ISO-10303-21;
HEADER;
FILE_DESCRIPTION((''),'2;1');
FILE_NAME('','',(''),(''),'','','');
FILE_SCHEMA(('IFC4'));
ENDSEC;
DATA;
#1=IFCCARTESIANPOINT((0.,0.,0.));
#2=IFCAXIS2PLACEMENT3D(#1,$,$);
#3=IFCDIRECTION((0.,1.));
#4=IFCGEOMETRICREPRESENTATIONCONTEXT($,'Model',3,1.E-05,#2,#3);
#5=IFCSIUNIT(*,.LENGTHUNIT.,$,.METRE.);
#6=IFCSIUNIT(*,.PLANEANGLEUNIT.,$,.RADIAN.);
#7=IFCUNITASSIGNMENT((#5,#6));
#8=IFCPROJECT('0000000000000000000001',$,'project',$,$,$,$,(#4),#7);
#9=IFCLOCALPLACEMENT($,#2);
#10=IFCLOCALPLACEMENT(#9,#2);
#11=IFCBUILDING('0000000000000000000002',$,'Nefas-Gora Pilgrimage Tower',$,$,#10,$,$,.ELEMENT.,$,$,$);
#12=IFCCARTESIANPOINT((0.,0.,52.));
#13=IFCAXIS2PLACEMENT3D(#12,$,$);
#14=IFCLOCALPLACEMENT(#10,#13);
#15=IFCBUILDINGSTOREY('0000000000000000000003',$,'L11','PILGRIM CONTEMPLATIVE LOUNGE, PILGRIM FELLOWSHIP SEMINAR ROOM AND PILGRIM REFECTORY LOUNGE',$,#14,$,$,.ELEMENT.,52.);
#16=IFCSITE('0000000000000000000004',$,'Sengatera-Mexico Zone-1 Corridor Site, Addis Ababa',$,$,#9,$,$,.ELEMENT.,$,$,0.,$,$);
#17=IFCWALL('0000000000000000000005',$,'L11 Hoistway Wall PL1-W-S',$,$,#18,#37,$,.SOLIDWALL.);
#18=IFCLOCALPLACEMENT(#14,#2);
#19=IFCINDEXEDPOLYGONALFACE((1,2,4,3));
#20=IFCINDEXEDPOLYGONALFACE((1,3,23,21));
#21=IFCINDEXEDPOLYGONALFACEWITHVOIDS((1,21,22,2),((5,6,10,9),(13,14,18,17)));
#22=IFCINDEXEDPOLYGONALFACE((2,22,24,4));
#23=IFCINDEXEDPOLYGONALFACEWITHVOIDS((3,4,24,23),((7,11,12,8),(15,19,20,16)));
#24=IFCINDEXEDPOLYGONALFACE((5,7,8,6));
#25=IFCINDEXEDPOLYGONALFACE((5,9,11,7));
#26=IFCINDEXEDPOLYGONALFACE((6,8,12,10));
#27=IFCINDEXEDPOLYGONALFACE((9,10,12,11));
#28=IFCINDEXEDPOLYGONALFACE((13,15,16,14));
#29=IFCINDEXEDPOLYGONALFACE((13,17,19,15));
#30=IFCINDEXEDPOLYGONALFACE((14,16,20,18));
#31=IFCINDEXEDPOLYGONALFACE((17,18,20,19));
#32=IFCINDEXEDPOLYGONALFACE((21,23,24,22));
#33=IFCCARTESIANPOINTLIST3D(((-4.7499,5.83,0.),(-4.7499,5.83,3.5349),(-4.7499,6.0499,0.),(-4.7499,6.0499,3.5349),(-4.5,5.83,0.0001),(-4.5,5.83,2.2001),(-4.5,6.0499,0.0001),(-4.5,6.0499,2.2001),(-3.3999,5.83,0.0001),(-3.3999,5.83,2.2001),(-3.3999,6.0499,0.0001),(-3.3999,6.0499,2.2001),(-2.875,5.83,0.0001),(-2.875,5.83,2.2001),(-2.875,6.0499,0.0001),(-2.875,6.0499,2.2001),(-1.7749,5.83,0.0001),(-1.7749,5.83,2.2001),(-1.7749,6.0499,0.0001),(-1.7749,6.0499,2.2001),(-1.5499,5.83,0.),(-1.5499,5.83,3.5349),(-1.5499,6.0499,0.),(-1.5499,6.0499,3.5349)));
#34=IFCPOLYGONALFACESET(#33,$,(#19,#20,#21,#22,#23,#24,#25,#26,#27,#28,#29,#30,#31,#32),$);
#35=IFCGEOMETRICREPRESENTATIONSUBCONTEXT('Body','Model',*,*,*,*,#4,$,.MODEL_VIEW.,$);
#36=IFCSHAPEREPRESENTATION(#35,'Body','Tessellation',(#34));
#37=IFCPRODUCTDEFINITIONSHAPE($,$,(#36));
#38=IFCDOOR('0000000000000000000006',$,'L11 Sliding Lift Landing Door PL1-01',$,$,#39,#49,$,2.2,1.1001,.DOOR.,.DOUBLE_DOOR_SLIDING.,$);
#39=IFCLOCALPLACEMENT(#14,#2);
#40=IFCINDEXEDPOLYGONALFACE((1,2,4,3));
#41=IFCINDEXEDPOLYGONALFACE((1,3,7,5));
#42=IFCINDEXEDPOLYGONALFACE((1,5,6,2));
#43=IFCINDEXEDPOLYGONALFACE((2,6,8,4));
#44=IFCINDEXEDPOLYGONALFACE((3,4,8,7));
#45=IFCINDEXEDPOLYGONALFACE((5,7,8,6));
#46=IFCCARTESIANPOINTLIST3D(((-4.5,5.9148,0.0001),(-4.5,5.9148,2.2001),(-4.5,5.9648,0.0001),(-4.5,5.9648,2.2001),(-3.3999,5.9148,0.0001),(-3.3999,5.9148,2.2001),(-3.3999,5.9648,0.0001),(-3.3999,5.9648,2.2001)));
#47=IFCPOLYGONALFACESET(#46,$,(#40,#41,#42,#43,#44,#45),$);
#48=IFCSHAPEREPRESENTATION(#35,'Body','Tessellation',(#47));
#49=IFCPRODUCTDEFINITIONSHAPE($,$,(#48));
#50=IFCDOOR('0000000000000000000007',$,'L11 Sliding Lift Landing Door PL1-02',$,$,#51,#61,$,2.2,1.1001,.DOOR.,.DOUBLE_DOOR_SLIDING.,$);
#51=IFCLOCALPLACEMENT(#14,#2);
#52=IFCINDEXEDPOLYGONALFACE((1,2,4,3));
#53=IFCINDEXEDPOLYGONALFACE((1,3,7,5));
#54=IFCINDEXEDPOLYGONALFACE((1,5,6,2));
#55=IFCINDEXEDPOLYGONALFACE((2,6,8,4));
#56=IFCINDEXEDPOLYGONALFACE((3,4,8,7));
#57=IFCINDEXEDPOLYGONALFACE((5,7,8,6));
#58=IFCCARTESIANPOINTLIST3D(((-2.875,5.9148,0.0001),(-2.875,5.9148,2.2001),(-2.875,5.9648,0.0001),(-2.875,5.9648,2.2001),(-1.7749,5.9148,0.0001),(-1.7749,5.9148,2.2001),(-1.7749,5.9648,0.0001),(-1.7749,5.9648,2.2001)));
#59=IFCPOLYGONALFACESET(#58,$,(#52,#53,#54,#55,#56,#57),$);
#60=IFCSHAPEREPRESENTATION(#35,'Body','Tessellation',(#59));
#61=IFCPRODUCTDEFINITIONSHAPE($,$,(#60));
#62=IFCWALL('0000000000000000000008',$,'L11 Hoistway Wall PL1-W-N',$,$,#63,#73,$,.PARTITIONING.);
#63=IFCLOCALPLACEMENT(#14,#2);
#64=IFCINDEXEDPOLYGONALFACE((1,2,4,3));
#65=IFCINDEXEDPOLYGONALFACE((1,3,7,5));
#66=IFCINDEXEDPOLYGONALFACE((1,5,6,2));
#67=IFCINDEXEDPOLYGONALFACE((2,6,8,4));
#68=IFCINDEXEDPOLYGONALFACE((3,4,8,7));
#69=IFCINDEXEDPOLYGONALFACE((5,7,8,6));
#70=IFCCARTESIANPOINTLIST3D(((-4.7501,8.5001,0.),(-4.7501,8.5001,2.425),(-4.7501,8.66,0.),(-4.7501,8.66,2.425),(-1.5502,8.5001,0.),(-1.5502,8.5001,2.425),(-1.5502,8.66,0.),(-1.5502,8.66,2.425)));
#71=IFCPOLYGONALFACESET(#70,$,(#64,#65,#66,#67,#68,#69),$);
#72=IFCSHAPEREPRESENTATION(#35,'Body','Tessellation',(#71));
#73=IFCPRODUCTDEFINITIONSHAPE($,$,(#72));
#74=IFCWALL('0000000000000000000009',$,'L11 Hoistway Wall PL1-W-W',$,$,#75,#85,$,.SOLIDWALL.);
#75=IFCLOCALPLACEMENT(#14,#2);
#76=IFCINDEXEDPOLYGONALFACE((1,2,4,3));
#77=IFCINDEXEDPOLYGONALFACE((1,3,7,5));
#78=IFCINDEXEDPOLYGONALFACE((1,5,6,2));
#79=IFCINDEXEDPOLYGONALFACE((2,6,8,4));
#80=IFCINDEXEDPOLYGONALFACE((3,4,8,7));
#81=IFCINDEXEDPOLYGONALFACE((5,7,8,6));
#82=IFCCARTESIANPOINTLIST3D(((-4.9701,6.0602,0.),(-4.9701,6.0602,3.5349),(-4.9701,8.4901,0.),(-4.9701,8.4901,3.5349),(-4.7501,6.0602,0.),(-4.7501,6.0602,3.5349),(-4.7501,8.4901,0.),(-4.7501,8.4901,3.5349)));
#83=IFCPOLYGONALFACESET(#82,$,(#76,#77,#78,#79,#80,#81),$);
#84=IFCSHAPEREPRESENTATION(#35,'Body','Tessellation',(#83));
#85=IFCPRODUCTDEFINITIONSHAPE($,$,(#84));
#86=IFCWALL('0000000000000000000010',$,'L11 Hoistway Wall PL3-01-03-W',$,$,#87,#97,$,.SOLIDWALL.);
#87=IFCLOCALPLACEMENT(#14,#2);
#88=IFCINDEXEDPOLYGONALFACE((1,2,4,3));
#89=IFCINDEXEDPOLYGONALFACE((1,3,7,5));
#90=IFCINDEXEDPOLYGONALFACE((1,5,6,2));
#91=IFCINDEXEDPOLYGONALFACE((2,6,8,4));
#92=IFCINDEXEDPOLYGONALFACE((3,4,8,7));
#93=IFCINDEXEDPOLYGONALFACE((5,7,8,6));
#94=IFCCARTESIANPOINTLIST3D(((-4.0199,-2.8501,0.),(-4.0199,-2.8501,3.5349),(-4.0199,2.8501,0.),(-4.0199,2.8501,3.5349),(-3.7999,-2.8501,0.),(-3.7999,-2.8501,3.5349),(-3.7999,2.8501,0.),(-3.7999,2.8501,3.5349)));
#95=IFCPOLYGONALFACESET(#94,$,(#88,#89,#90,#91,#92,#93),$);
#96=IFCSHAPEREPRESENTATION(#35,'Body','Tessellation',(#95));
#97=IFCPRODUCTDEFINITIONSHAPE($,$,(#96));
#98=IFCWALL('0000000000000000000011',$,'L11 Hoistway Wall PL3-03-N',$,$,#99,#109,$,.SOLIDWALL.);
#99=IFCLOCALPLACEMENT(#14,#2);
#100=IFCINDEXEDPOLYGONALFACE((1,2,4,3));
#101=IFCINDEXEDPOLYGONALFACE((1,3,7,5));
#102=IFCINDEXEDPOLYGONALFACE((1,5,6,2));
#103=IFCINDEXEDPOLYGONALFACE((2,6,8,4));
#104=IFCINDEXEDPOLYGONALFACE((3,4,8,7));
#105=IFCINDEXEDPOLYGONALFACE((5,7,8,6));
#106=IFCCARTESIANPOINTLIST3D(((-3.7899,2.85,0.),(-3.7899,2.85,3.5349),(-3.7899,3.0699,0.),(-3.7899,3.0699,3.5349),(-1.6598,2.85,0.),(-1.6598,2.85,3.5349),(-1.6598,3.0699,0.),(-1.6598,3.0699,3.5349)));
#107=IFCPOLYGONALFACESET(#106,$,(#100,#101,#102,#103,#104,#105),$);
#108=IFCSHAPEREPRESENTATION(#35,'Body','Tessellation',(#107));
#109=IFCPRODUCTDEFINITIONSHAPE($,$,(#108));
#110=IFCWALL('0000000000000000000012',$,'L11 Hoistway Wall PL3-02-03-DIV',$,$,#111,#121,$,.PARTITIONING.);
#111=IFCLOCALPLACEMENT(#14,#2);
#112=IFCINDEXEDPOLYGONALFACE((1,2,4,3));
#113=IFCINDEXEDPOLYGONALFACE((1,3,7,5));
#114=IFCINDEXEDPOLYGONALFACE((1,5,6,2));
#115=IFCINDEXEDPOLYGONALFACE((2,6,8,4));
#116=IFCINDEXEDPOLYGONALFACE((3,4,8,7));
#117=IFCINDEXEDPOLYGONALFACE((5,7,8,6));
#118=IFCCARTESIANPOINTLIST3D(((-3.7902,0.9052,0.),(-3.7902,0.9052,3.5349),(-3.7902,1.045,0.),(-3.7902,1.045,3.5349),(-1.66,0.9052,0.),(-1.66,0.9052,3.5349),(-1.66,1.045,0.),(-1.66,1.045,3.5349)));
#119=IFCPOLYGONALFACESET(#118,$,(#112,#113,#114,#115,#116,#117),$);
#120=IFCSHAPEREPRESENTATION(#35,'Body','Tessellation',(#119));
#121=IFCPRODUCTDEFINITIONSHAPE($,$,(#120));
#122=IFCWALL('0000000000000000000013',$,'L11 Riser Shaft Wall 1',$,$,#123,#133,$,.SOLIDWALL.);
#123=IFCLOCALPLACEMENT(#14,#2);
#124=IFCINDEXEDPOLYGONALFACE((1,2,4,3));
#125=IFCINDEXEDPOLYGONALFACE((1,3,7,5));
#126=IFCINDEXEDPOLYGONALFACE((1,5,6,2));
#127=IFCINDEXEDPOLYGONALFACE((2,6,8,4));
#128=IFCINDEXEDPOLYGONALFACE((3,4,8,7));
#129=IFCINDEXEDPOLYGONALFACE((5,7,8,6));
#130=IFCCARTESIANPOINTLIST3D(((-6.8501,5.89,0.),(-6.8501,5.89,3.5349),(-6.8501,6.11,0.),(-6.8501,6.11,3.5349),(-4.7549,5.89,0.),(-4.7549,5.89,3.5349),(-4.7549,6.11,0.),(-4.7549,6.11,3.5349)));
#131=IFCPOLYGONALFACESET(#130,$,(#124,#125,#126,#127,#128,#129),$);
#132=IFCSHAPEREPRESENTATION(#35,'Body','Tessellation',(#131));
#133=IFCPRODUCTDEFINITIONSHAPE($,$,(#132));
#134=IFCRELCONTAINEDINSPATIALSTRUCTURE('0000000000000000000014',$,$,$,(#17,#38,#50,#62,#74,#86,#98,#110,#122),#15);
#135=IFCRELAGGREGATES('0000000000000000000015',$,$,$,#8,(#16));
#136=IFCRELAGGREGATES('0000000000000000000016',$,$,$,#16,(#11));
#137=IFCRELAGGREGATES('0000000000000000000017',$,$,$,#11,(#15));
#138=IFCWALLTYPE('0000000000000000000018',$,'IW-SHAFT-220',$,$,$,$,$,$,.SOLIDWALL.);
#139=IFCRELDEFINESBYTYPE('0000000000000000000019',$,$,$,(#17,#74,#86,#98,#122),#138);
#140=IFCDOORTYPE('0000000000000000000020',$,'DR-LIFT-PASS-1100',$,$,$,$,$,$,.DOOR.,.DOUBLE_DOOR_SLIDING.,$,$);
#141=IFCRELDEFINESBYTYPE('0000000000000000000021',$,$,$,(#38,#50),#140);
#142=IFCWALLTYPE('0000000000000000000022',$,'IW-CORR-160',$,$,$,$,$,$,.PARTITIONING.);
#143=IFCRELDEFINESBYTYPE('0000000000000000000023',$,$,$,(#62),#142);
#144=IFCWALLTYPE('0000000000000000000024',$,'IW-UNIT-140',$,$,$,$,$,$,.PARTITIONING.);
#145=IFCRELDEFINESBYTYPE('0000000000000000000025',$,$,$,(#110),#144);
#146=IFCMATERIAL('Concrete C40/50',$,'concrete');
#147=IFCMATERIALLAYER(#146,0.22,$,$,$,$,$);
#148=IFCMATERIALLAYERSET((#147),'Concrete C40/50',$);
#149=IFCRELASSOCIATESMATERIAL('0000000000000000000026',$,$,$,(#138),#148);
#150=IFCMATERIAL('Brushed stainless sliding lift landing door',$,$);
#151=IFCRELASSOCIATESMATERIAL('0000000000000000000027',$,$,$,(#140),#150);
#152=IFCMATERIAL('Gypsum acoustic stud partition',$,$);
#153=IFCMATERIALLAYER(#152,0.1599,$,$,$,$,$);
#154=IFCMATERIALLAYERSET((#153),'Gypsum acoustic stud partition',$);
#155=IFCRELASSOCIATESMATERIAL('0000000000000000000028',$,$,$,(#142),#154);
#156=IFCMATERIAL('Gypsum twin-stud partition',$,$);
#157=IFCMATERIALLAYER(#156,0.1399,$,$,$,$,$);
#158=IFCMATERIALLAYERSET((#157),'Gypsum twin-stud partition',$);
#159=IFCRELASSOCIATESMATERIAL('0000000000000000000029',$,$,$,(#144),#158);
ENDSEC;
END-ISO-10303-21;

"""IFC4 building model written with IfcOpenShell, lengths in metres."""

from ifc_helpers import new_model, si_unit, direction, frame, frame_2d, origin, place, context, subcontext, project, spatial, rectangle, extrude, source, transform, mapped, material, layer, layer_set, type_object, element, fill, save


model = new_model("IFC4")

# Units and contexts
model_context = context("Model", 3, precision=1e-05, world=origin(), true_north=direction((0.0, 1.0)))
body_context = subcontext(model_context, "Body", "Model", "MODEL_VIEW")
ifc_project = project(units=[si_unit("LENGTHUNIT", "METRE"), si_unit("PLANEANGLEUNIT", "RADIAN")], contexts=[model_context])

# Site, building, storey
site_placement = place(None, origin())
site = spatial("IfcSite", under=ifc_project, at=site_placement, Name="Sengatera-Mexico Zone-1 Corridor Site, Addis Ababa", CompositionType="ELEMENT", RefElevation=0.0)
building_placement = place(site_placement, origin())
building = spatial("IfcBuilding", under=site, at=building_placement, Name="Nefas-Gora Pilgrimage Tower", CompositionType="ELEMENT")
storey_placement = place(building_placement, frame((0.0, 0.0, 52.0)))
storey = spatial("IfcBuildingStorey", under=building, at=storey_placement, Name="L11", Description="PILGRIM CONTEMPLATIVE LOUNGE, PILGRIM FELLOWSHIP SEMINAR ROOM AND PILGRIM REFECTORY LOUNGE", CompositionType="ELEMENT", Elevation=52.0)

# Shared definitions
ifc_material_1 = material(Name="Concrete C40/50", Category="concrete")

# Shared definitions
ifc_layer_1 = layer(ifc_material_1, 0.22)
ifc_layer_set_1 = layer_set([ifc_layer_1], Name="Concrete C40/50")
wall_type_1 = type_object("IfcWallType", Name="IW-SHAFT-220", PredefinedType="SOLIDWALL", material=ifc_layer_set_1)

# Wall, openings, doors
shared_shape_1 = source(origin(), body_context, "Body", "SweptSolid", [
    extrude(rectangle(XDim=3.2, YDim=0.22, at=frame_2d((1.6001, 0.0))), origin(), (0.0, 0.0, 1.0), 3.5349),
])
wall_1_placement = place(storey_placement, frame((-4.75, 5.9399, 0.0), z_axis=(0.0, 0.0, 1.0), x_axis=(1.0, 0.0, 0.0)))
wall_1 = element("IfcWall", 1, at=wall_1_placement, inside=storey, type_object=wall_type_1, Name="L11 Hoistway Wall PL1-W-S", PredefinedType="SOLIDWALL", context=body_context, shape_type="MappedRepresentation", body=[
    mapped(shared_shape_1, transform((0.0, 0.0, 0.0), x_axis=(1.0, 0.0, 0.0), y_axis=(0.0, 1.0, 0.0), z_axis=(0.0, 0.0, 1.0), scale=1.0)),
])
opening_1_placement = place(wall_1_placement, frame((0.25, 0.0, 0.0)))
opening_1 = element("IfcOpeningElement", 2, at=opening_1_placement, cuts=wall_1, PredefinedType="OPENING", context=body_context, shape_type="SweptSolid", body=[
    extrude(rectangle(XDim=1.1001, YDim=2.2, at=frame_2d((0.55, 1.1001))), frame((0.0, 0.1199, 0.0), z_axis=(0.0, -1.0, 0.0), x_axis=(1.0, 0.0, 0.0)), (0.0, 0.0, 1.0), 0.24),
])
opening_2_placement = place(wall_1_placement, frame((1.875, 0.0, 0.0)))
opening_2 = element("IfcOpeningElement", 3, at=opening_2_placement, cuts=wall_1, PredefinedType="OPENING", context=body_context, shape_type="SweptSolid", body=[
    extrude(rectangle(XDim=1.1001, YDim=2.2, at=frame_2d((0.55, 1.1001))), frame((0.0, 0.1199, 0.0), z_axis=(0.0, -1.0, 0.0), x_axis=(1.0, 0.0, 0.0)), (0.0, 0.0, 1.0), 0.24),
])
ifc_material_2 = material(Name="Brushed stainless sliding lift landing door")
door_type_1 = type_object("IfcDoorType", Name="DR-LIFT-PASS-1100", OperationType="DOUBLE_DOOR_SLIDING", PredefinedType="DOOR", material=ifc_material_2)
shared_shape_2 = source(origin(), body_context, "Body", "SweptSolid", [
    extrude(rectangle(XDim=1.1001, YDim=2.2, at=frame_2d((0.55, 1.1001))), frame((0.0, 0.0249, 0.0), z_axis=(0.0, -1.0, 0.0), x_axis=(1.0, 0.0, 0.0)), (0.0, 0.0, 1.0), 0.05),
])
door_1_placement = place(opening_1_placement, origin())
door_1 = element("IfcDoor", 4, at=door_1_placement, inside=storey, type_object=door_type_1, Name="L11 Sliding Lift Landing Door PL1-01", OperationType="DOUBLE_DOOR_SLIDING", OverallHeight=2.2, OverallWidth=1.1001, PredefinedType="DOOR", context=body_context, shape_type="MappedRepresentation", body=[
    mapped(shared_shape_2, transform((0.0, 0.0, 0.0), x_axis=(1.0, 0.0, 0.0), y_axis=(0.0, 1.0, 0.0), z_axis=(0.0, 0.0, 1.0), scale=1.0)),
])
fill(opening_1, door_1)
door_2_placement = place(opening_2_placement, origin())
door_2 = element("IfcDoor", 5, at=door_2_placement, inside=storey, type_object=door_type_1, Name="L11 Sliding Lift Landing Door PL1-02", OperationType="DOUBLE_DOOR_SLIDING", OverallHeight=2.2, OverallWidth=1.1001, PredefinedType="DOOR", context=body_context, shape_type="MappedRepresentation", body=[
    mapped(shared_shape_2, transform((0.0, 0.0, 0.0), x_axis=(1.0, 0.0, 0.0), y_axis=(0.0, 1.0, 0.0), z_axis=(0.0, 0.0, 1.0), scale=1.0)),
])
fill(opening_2, door_2)

# Walls
ifc_material_3 = material(Name="Gypsum acoustic stud partition")
ifc_layer_2 = layer(ifc_material_3, 0.1599)
ifc_layer_set_2 = layer_set([ifc_layer_2], Name="Gypsum acoustic stud partition")
wall_type_2 = type_object("IfcWallType", Name="IW-CORR-160", PredefinedType="PARTITIONING", material=ifc_layer_set_2)
shared_shape_3 = source(origin(), body_context, "Body", "SweptSolid", [
    extrude(rectangle(XDim=3.2, YDim=0.1599, at=frame_2d((1.6001, 0.0))), origin(), (0.0, 0.0, 1.0), 2.425),
])
wall_2_placement = place(storey_placement, frame((-1.55, 8.5801, 0.0), z_axis=(0.0, 0.0, 1.0), x_axis=(-1.0, 0.0, 0.0)))
element("IfcWall", 6, at=wall_2_placement, inside=storey, type_object=wall_type_2, Name="L11 Hoistway Wall PL1-W-N", PredefinedType="PARTITIONING", context=body_context, shape_type="MappedRepresentation", body=[
    mapped(shared_shape_3, transform((0.0, 0.0, 0.0), x_axis=(1.0, 0.0, 0.0), y_axis=(0.0, 1.0, 0.0), z_axis=(0.0, 0.0, 1.0), scale=1.0)),
])
shared_shape_4 = source(origin(), body_context, "Body", "SweptSolid", [
    extrude(rectangle(XDim=2.4299, YDim=0.22, at=frame_2d((1.2148, 0.0))), origin(), (0.0, 0.0, 1.0), 3.5349),
])
for number, where, z_axis, x_axis, name in (
    (7, (-4.8601, 8.49, 0.0), (0.0, 0.0, 1.0), (0.0, -1.0, 0.0), "L11 Hoistway Wall PL1-W-W"),
):
    element("IfcWall", number, at=place(storey_placement, frame(where, z_axis=z_axis, x_axis=x_axis)), inside=storey, type_object=wall_type_1, Name=name, PredefinedType="SOLIDWALL", context=body_context, shape_type="MappedRepresentation", body=[
        mapped(shared_shape_4, transform((0.0, 0.0, 0.0), x_axis=(1.0, 0.0, 0.0), y_axis=(0.0, 1.0, 0.0), z_axis=(0.0, 0.0, 1.0), scale=1.0)),
    ])
ifc_material_4 = material(Name="Gypsum twin-stud partition")
ifc_layer_3 = layer(ifc_material_4, 0.1399)
ifc_layer_set_3 = layer_set([ifc_layer_3], Name="Gypsum twin-stud partition")
wall_type_3 = type_object("IfcWallType", Name="IW-UNIT-140", PredefinedType="PARTITIONING", material=ifc_layer_set_3)
shared_shape_5 = source(origin(), body_context, "Body", "SweptSolid", [
    extrude(rectangle(XDim=5.7002, YDim=0.22, at=frame_2d((2.8501, 0.0))), origin(), (0.0, 0.0, 1.0), 3.5349),
])
wall_3_placement = place(storey_placement, frame((-3.9099, 2.8501, 0.0), z_axis=(0.0, 0.0, 1.0), x_axis=(0.0, -1.0, 0.0)))
element("IfcWall", 8, at=wall_3_placement, inside=storey, type_object=wall_type_1, Name="L11 Hoistway Wall PL3-01-03-W", PredefinedType="SOLIDWALL", context=body_context, shape_type="MappedRepresentation", body=[
    mapped(shared_shape_5, transform((0.0, 0.0, 0.0), x_axis=(1.0, 0.0, 0.0), y_axis=(0.0, 1.0, 0.0), z_axis=(0.0, 0.0, 1.0), scale=1.0)),
])
shared_shape_6 = source(origin(), body_context, "Body", "SweptSolid", [
    extrude(rectangle(XDim=2.1301, YDim=0.22, at=frame_2d((1.0649, 0.0))), origin(), (0.0, 0.0, 1.0), 3.5349),
])
wall_4_placement = place(storey_placement, frame((-1.6599, 2.96, 0.0), z_axis=(0.0, 0.0, 1.0), x_axis=(-1.0, 0.0, 0.0)))
element("IfcWall", 9, at=wall_4_placement, inside=storey, type_object=wall_type_1, Name="L11 Hoistway Wall PL3-03-N", PredefinedType="SOLIDWALL", context=body_context, shape_type="MappedRepresentation", body=[
    mapped(shared_shape_6, transform((0.0, 0.0, 0.0), x_axis=(1.0, 0.0, 0.0), y_axis=(0.0, 1.0, 0.0), z_axis=(0.0, 0.0, 1.0), scale=1.0)),
])
shared_shape_7 = source(origin(), body_context, "Body", "SweptSolid", [
    extrude(rectangle(XDim=2.1301, YDim=0.1399, at=frame_2d((1.0649, 0.0))), origin(), (0.0, 0.0, 1.0), 3.5349),
])
wall_5_placement = place(storey_placement, frame((-3.79, 0.9751, 0.0), z_axis=(0.0, 0.0, 1.0), x_axis=(1.0, 0.0, 0.0)))
element("IfcWall", 10, at=wall_5_placement, inside=storey, type_object=wall_type_3, Name="L11 Hoistway Wall PL3-02-03-DIV", PredefinedType="PARTITIONING", context=body_context, shape_type="MappedRepresentation", body=[
    mapped(shared_shape_7, transform((0.0, 0.0, 0.0), x_axis=(1.0, 0.0, 0.0), y_axis=(0.0, 1.0, 0.0), z_axis=(0.0, 0.0, 1.0), scale=1.0)),
])
shared_shape_8 = source(origin(), body_context, "Body", "SweptSolid", [
    extrude(rectangle(XDim=2.0952, YDim=0.22, at=frame_2d((1.0476, 0.0))), origin(), (0.0, 0.0, 1.0), 3.5349),
])
wall_6_placement = place(storey_placement, frame((-6.8501, 6.0, 0.0), z_axis=(0.0, 0.0, 1.0), x_axis=(1.0, 0.0, 0.0)))
element("IfcWall", 11, at=wall_6_placement, inside=storey, type_object=wall_type_1, Name="L11 Riser Shaft Wall 1", PredefinedType="SOLIDWALL", context=body_context, shape_type="MappedRepresentation", body=[
    mapped(shared_shape_8, transform((0.0, 0.0, 0.0), x_axis=(1.0, 0.0, 0.0), y_axis=(0.0, 1.0, 0.0), z_axis=(0.0, 0.0, 1.0), scale=1.0)),
])

save(model, "model.ifc")
